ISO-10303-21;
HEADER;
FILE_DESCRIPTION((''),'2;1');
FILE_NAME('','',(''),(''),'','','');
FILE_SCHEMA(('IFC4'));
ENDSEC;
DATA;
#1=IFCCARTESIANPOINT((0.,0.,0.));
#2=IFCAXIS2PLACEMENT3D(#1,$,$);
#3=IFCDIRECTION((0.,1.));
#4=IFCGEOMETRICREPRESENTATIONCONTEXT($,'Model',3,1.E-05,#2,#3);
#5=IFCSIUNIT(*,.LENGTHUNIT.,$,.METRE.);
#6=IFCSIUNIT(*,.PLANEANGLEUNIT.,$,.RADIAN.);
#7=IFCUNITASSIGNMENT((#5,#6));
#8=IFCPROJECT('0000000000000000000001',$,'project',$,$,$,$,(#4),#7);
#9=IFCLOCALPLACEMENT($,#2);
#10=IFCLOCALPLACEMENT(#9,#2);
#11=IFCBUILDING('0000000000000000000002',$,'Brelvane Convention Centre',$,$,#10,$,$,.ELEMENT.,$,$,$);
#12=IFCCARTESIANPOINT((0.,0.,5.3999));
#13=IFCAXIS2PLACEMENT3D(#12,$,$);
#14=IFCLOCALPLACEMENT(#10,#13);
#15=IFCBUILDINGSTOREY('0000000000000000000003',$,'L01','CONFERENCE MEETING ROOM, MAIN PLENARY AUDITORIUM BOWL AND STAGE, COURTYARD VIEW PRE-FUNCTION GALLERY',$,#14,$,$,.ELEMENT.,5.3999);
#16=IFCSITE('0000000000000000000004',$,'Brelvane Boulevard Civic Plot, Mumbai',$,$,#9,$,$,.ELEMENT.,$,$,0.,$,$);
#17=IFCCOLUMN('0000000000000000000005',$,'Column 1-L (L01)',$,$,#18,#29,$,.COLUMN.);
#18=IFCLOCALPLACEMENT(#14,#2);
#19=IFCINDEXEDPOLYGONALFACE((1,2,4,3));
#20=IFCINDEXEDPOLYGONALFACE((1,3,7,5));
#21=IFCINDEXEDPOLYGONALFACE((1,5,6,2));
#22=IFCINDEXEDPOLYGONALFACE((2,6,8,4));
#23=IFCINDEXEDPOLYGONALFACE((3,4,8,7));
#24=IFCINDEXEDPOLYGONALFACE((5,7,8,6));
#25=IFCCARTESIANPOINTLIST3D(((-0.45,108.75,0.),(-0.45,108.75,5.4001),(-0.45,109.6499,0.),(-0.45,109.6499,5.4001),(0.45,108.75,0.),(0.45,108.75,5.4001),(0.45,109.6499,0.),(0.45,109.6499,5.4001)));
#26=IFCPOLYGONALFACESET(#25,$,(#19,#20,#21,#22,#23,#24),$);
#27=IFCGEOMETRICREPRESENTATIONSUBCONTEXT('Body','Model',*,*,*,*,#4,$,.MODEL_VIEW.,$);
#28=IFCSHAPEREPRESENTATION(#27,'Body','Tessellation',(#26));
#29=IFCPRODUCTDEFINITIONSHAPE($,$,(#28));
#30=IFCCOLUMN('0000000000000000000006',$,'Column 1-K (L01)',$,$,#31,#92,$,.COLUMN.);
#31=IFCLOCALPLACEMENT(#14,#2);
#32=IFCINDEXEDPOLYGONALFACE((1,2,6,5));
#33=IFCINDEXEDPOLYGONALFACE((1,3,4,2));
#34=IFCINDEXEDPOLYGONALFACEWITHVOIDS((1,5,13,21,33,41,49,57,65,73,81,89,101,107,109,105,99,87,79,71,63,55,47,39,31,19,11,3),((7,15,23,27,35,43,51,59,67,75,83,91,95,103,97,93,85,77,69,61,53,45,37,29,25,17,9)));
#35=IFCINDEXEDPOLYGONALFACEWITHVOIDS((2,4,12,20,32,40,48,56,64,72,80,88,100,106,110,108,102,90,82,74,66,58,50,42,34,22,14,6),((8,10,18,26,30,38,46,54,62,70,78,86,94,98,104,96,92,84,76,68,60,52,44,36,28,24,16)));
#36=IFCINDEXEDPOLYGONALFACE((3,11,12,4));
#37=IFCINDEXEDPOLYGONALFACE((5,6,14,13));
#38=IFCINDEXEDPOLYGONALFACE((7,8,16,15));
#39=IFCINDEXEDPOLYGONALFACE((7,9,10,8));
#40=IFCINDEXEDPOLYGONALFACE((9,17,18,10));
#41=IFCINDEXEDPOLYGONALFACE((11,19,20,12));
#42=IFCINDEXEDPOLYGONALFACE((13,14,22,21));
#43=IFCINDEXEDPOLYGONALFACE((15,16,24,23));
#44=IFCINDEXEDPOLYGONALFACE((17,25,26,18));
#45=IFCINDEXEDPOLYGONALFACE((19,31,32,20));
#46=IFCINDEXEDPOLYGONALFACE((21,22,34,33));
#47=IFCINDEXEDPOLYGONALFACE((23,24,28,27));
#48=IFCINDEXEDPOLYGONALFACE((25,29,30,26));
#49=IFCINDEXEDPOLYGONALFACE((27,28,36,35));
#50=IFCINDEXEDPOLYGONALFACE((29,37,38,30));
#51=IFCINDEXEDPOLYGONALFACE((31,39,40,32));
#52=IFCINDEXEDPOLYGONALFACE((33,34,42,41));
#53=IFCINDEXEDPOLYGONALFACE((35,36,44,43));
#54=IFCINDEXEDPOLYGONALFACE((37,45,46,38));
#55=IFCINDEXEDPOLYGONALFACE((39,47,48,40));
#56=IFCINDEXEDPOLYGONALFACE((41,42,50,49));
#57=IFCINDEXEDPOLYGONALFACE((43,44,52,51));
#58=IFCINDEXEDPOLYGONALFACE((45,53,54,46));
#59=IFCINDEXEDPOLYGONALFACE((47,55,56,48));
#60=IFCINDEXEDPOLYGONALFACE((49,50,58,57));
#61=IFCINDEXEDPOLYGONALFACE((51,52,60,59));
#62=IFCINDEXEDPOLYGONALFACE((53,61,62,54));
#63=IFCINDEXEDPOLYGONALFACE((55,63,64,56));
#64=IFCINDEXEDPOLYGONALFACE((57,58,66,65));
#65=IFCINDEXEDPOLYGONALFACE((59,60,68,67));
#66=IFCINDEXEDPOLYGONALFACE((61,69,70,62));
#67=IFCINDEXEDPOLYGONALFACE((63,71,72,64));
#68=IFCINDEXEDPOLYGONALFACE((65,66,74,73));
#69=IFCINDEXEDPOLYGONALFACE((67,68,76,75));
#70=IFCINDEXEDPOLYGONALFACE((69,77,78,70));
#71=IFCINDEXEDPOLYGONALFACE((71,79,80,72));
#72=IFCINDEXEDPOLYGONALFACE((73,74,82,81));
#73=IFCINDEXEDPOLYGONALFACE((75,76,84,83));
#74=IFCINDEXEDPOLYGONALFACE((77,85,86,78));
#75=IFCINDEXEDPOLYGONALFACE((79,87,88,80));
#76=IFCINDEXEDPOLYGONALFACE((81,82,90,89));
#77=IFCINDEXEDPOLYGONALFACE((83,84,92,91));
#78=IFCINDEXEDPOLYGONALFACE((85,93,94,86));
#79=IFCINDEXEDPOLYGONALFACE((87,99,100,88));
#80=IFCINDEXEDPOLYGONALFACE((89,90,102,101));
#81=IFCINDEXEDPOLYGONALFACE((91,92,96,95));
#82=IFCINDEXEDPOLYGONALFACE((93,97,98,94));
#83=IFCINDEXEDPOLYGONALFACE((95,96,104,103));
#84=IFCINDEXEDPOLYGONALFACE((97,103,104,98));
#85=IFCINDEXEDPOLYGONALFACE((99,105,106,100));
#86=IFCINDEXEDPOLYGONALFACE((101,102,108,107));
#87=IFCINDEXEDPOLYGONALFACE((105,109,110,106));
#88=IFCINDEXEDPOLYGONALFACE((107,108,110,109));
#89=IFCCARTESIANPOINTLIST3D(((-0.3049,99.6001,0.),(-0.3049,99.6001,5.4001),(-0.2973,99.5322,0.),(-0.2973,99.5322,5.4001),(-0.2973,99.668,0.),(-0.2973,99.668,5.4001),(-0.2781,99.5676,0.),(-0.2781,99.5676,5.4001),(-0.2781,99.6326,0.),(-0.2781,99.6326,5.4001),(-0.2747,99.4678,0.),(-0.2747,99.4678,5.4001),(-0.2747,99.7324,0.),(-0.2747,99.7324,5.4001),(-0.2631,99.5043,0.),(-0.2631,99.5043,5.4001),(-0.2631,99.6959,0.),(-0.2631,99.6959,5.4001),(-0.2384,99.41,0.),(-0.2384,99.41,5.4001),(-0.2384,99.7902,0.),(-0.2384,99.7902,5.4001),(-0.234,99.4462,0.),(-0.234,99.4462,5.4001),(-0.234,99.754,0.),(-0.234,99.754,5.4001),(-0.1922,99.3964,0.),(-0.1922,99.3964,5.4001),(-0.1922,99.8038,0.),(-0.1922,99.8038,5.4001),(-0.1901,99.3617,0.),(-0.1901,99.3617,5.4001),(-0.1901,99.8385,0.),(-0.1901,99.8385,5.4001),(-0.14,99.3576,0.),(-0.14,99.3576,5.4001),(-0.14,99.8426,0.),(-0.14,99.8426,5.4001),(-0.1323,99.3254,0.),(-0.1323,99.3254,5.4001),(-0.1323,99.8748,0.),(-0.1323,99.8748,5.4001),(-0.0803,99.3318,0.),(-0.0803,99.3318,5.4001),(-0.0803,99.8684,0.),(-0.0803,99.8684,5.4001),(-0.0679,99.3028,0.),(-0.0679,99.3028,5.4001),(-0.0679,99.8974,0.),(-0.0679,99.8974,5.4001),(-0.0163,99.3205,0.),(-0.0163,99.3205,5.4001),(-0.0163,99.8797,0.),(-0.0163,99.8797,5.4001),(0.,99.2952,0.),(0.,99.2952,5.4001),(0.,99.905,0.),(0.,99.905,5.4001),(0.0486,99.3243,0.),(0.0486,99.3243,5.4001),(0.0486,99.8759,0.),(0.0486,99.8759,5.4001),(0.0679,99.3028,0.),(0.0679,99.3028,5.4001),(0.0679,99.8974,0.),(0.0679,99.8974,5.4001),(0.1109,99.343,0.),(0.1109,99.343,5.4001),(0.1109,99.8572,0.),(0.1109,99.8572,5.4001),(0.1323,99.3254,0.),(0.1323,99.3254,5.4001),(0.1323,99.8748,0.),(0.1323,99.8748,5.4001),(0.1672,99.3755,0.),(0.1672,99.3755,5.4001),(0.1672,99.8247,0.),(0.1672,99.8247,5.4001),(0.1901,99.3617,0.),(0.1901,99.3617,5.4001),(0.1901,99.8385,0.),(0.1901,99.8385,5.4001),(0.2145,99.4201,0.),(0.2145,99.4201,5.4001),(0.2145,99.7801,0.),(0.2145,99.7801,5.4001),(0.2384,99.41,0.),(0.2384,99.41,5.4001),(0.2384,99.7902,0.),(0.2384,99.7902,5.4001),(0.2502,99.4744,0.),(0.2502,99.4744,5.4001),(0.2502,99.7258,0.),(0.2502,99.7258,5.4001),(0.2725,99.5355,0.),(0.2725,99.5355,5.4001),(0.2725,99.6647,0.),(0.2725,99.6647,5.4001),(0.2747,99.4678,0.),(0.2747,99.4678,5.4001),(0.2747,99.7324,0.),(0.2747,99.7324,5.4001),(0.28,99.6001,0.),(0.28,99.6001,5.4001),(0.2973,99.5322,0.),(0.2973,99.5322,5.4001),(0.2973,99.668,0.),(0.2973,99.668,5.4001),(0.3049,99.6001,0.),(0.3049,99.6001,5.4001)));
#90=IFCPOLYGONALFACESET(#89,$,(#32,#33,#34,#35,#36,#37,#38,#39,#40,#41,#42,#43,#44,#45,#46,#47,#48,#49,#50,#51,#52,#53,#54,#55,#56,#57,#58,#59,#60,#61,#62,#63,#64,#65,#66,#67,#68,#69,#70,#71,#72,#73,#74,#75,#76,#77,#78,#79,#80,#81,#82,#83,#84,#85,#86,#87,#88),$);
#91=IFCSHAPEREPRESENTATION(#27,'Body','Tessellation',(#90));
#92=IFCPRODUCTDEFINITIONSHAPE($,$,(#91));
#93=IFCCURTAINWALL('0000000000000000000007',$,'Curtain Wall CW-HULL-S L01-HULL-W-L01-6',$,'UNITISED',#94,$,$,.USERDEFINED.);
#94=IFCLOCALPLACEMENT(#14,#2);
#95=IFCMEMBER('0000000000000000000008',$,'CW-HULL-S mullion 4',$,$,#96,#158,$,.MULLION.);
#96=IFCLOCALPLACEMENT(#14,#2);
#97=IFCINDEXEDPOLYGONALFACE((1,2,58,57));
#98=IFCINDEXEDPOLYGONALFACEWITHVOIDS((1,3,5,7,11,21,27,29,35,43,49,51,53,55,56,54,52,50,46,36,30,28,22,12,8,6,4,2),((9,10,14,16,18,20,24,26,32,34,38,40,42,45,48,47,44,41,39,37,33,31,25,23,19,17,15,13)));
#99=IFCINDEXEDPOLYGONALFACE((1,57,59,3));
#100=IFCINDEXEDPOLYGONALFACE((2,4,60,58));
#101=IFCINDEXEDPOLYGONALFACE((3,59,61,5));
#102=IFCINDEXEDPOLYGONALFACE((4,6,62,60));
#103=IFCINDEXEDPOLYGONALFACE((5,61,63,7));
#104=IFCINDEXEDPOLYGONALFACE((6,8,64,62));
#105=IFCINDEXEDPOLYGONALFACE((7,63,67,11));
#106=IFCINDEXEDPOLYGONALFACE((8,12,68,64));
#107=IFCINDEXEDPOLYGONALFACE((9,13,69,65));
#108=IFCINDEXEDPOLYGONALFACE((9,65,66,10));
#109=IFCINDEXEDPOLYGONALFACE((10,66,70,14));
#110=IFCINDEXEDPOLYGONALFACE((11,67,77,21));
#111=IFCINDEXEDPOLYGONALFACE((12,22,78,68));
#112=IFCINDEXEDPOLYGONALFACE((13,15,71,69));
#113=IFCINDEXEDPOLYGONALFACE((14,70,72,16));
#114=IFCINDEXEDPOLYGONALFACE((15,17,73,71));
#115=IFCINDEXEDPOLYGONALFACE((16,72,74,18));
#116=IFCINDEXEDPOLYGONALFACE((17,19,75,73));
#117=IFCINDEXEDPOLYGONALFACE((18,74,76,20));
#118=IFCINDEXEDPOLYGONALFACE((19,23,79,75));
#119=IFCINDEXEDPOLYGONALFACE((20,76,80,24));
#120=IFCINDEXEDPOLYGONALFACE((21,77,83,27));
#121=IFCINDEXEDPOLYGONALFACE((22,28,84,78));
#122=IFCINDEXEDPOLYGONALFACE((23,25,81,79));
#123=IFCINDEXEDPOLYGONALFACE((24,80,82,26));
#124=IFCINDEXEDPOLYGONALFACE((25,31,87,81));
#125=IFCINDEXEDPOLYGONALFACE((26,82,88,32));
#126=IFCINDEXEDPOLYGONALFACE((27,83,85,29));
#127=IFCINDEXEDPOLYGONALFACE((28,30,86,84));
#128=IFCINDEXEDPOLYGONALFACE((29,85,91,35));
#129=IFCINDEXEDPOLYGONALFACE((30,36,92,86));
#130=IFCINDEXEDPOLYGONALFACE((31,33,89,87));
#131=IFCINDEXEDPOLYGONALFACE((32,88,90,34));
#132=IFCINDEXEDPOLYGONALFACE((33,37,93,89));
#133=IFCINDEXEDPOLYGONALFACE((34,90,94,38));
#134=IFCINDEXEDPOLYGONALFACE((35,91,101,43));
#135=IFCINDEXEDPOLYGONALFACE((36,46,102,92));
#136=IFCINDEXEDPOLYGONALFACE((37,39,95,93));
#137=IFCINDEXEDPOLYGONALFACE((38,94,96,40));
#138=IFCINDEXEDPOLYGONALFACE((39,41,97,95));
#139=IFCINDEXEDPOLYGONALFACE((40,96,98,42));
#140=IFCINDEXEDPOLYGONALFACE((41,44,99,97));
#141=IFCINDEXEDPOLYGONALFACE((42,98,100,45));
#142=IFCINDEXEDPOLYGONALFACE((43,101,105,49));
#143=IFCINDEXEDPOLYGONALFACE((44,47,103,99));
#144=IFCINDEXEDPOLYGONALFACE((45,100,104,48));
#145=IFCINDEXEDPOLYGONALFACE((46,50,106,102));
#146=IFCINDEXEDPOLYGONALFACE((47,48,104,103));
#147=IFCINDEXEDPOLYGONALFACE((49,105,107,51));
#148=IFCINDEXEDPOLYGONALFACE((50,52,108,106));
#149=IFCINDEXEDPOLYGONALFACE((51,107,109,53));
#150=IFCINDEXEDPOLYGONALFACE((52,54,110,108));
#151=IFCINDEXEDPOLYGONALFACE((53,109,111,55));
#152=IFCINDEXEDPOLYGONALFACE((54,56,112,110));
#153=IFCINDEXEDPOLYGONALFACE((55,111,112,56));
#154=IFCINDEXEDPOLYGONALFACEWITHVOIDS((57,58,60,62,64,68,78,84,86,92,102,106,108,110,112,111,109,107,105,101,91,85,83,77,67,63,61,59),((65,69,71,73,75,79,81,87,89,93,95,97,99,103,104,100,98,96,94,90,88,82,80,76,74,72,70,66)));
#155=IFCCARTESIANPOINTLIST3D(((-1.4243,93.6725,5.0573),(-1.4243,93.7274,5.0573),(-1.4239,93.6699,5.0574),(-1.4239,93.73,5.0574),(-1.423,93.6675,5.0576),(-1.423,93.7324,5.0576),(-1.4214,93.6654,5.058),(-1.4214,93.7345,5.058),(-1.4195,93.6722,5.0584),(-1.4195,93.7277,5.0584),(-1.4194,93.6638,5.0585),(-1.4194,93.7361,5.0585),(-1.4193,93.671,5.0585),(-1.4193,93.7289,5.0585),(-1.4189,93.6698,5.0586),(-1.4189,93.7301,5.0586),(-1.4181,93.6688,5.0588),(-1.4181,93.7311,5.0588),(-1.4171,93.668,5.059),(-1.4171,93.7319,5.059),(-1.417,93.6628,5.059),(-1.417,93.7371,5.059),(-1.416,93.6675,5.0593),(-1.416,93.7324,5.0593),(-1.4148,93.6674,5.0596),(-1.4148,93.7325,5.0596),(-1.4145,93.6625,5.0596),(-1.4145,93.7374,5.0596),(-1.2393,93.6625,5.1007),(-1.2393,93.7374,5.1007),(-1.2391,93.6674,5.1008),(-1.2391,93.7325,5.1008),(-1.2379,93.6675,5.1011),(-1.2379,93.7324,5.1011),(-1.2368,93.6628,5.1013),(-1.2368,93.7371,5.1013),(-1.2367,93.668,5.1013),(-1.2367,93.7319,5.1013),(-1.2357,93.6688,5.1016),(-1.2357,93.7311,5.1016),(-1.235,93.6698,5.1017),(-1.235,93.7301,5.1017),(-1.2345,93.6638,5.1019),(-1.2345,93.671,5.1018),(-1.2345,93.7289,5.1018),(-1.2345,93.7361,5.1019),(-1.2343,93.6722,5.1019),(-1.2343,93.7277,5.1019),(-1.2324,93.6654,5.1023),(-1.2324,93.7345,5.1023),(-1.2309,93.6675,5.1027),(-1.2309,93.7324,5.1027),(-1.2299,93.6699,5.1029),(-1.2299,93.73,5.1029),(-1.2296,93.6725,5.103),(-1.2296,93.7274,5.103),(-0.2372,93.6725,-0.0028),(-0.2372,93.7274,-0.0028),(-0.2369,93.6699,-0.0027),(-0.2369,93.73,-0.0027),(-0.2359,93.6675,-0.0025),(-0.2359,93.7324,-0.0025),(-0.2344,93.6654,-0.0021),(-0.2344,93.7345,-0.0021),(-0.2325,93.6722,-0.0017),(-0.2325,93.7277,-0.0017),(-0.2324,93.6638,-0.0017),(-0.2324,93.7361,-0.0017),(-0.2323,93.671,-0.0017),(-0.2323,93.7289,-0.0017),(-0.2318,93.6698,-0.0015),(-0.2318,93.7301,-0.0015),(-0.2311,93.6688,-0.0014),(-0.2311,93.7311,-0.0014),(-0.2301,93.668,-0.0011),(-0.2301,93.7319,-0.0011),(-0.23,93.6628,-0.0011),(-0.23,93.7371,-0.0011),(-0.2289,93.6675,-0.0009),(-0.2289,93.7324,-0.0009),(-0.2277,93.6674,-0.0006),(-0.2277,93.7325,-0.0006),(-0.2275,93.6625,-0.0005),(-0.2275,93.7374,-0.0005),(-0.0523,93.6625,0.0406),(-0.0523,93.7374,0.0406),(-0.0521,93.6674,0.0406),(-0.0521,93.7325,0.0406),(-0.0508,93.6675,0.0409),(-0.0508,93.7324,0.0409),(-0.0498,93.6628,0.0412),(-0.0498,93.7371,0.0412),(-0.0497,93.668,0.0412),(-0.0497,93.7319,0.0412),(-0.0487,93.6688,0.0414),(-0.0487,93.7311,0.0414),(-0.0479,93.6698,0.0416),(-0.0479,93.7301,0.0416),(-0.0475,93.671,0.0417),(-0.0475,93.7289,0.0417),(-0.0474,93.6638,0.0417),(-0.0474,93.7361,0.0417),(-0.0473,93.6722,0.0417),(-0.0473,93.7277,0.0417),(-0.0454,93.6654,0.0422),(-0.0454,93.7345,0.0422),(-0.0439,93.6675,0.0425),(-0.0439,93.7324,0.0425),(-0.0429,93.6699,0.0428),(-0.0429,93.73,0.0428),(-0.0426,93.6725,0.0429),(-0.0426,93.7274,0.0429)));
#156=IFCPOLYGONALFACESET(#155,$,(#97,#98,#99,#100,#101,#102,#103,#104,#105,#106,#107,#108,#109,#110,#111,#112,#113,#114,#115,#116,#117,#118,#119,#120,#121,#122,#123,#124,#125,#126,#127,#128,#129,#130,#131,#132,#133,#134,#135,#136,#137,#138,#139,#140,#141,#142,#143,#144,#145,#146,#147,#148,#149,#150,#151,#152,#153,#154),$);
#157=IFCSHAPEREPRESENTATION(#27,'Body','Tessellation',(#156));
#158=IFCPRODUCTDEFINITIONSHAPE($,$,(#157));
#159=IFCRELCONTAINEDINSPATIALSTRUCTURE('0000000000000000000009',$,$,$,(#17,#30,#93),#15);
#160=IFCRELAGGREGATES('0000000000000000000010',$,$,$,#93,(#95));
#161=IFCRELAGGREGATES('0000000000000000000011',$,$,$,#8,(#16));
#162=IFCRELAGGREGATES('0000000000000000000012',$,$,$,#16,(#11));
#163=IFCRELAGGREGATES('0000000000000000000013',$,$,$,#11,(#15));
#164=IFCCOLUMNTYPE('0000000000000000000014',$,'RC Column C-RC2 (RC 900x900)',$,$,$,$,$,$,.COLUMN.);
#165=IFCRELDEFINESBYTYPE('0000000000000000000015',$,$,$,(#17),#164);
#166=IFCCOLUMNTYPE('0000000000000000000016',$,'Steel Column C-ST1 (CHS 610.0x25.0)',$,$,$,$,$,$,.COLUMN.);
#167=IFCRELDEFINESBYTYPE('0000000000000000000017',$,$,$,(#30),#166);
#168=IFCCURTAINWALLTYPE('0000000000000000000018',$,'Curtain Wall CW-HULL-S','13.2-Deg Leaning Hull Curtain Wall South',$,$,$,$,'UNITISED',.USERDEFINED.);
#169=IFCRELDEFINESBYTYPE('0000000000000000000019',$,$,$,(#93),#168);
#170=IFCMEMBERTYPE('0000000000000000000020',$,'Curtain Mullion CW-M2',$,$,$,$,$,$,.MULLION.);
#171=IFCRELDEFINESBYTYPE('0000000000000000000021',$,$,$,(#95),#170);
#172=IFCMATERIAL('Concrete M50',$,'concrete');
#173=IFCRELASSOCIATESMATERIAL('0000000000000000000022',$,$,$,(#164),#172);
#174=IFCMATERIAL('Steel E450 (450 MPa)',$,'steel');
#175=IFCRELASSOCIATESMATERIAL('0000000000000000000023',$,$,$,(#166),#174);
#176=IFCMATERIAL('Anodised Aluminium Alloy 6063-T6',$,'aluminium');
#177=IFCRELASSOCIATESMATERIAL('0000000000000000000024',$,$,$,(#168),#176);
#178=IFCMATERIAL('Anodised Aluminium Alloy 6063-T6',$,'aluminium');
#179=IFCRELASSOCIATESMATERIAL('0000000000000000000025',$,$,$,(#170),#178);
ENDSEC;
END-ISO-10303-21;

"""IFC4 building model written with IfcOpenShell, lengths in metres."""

from ifc_helpers import new_model, si_unit, direction, frame, origin, origin_2d, place, context, subcontext, project, spatial, rectangle, hollow_rectangle, hollow_circle, extrude, material, material_profile, profile_set, type_object, element, aggregate, save


model = new_model("IFC4")

# Units and contexts
model_context = context("Model", 3, precision=1e-05, world=origin(), true_north=direction((0.0, 1.0)))
body_context = subcontext(model_context, "Body", "Model", "MODEL_VIEW")
ifc_project = project(units=[si_unit("LENGTHUNIT", "METRE"), si_unit("PLANEANGLEUNIT", "RADIAN")], contexts=[model_context])

# Site, building, storey
site_placement = place(None, origin())
site = spatial("IfcSite", under=ifc_project, at=site_placement, Name="Brelvane Boulevard Civic Plot, Mumbai", CompositionType="ELEMENT", RefElevation=0.0)
building_placement = place(site_placement, origin())
building = spatial("IfcBuilding", under=site, at=building_placement, Name="Brelvane Convention Centre", CompositionType="ELEMENT")
storey_placement = place(building_placement, frame((0.0, 0.0, 5.3999)))
storey = spatial("IfcBuildingStorey", under=building, at=storey_placement, Name="L01", Description="CONFERENCE MEETING ROOM, MAIN PLENARY AUDITORIUM BOWL AND STAGE, COURTYARD VIEW PRE-FUNCTION GALLERY", CompositionType="ELEMENT", Elevation=5.3999)

# Columns
ifc_material_1 = material(Name="Concrete M50", Category="concrete")
ifc_material_profile_1 = material_profile(ifc_material_1, rectangle(XDim=0.8999, YDim=0.8999, at=origin_2d()), Name="RC 900x900")
ifc_profile_set_1 = profile_set([ifc_material_profile_1], Name="Concrete M50")
column_type_1 = type_object("IfcColumnType", Name="RC Column C-RC2 (RC 900x900)", PredefinedType="COLUMN", material=ifc_profile_set_1)
column_1_placement = place(storey_placement, frame((0.0, 109.2, 0.0), z_axis=(0.0, 0.0, 1.0), x_axis=(1.0, 0.0, 0.0)))
element("IfcColumn", 1, at=column_1_placement, inside=storey, type_object=column_type_1, Name="Column 1-L (L01)", PredefinedType="COLUMN", context=body_context, shape_type="SweptSolid", body=[
    extrude(rectangle(XDim=0.8999, YDim=0.8999, at=origin_2d()), origin(), (0.0, 0.0, 1.0), 5.4001),
])
ifc_material_2 = material(Name="Steel E450 (450 MPa)", Category="steel")
ifc_material_profile_2 = material_profile(ifc_material_2, hollow_circle(Radius=0.3049, WallThickness=0.0249, at=origin_2d()), Name="CHS 610.0x25.0")
ifc_profile_set_2 = profile_set([ifc_material_profile_2], Name="Steel E450 (450 MPa)")
column_type_2 = type_object("IfcColumnType", Name="Steel Column C-ST1 (CHS 610.0x25.0)", PredefinedType="COLUMN", material=ifc_profile_set_2)
column_2_placement = place(storey_placement, frame((0.0, 99.6001, 0.0), z_axis=(0.0, 0.0, 1.0), x_axis=(1.0, 0.0, 0.0)))
element("IfcColumn", 2, at=column_2_placement, inside=storey, type_object=column_type_2, Name="Column 1-K (L01)", PredefinedType="COLUMN", context=body_context, shape_type="SweptSolid", body=[
    extrude(hollow_circle(Radius=0.3049, WallThickness=0.0249, at=origin_2d()), origin(), (0.0, 0.0, 1.0), 5.4001),
])

# Curtain wall, member
ifc_material_3 = material(Name="Anodised Aluminium Alloy 6063-T6", Category="aluminium")
curtain_wall_type = type_object("IfcCurtainWallType", Name="Curtain Wall CW-HULL-S", Description="13.2-Deg Leaning Hull Curtain Wall South", ElementType="UNITISED", PredefinedType="USERDEFINED", material=ifc_material_3)
curtain_wall_placement = place(storey_placement, origin())
curtain_wall = element("IfcCurtainWall", 3, at=curtain_wall_placement, inside=storey, type_object=curtain_wall_type, Name="Curtain Wall CW-HULL-S L01-HULL-W-L01-6", ObjectType="UNITISED", PredefinedType="USERDEFINED")
ifc_material_4 = material(Name="Anodised Aluminium Alloy 6063-T6", Category="aluminium")
ifc_material_profile_3 = material_profile(ifc_material_4, hollow_rectangle(XDim=0.075, YDim=0.2, WallThickness=0.0049, InnerFilletRadius=0.0049, OuterFilletRadius=0.01, at=origin_2d()), Name="ALU-M 200x75x5.0")
ifc_profile_set_3 = profile_set([ifc_material_profile_3], Name="Anodised Aluminium Alloy 6063-T6")
member_type_1 = type_object("IfcMemberType", Name="Curtain Mullion CW-M2", PredefinedType="MULLION", material=ifc_profile_set_3)
member_1_placement = place(storey_placement, frame((-0.1399, 93.7, 0.02), z_axis=(-0.228385, 0.0, 0.973571), x_axis=(0.0, -1.0, 0.0)))
member_1 = element("IfcMember", 4, at=member_1_placement, type_object=member_type_1, Name="CW-HULL-S mullion 4", PredefinedType="MULLION", context=body_context, shape_type="SweptSolid", body=[
    extrude(hollow_rectangle(XDim=0.075, YDim=0.2, WallThickness=0.0049, InnerFilletRadius=0.0049, OuterFilletRadius=0.01, at=origin_2d()), origin(), (0.0, 0.0, 1.0), 5.1975),
])

aggregate(curtain_wall, [member_1])

save(model, "model.ifc")
